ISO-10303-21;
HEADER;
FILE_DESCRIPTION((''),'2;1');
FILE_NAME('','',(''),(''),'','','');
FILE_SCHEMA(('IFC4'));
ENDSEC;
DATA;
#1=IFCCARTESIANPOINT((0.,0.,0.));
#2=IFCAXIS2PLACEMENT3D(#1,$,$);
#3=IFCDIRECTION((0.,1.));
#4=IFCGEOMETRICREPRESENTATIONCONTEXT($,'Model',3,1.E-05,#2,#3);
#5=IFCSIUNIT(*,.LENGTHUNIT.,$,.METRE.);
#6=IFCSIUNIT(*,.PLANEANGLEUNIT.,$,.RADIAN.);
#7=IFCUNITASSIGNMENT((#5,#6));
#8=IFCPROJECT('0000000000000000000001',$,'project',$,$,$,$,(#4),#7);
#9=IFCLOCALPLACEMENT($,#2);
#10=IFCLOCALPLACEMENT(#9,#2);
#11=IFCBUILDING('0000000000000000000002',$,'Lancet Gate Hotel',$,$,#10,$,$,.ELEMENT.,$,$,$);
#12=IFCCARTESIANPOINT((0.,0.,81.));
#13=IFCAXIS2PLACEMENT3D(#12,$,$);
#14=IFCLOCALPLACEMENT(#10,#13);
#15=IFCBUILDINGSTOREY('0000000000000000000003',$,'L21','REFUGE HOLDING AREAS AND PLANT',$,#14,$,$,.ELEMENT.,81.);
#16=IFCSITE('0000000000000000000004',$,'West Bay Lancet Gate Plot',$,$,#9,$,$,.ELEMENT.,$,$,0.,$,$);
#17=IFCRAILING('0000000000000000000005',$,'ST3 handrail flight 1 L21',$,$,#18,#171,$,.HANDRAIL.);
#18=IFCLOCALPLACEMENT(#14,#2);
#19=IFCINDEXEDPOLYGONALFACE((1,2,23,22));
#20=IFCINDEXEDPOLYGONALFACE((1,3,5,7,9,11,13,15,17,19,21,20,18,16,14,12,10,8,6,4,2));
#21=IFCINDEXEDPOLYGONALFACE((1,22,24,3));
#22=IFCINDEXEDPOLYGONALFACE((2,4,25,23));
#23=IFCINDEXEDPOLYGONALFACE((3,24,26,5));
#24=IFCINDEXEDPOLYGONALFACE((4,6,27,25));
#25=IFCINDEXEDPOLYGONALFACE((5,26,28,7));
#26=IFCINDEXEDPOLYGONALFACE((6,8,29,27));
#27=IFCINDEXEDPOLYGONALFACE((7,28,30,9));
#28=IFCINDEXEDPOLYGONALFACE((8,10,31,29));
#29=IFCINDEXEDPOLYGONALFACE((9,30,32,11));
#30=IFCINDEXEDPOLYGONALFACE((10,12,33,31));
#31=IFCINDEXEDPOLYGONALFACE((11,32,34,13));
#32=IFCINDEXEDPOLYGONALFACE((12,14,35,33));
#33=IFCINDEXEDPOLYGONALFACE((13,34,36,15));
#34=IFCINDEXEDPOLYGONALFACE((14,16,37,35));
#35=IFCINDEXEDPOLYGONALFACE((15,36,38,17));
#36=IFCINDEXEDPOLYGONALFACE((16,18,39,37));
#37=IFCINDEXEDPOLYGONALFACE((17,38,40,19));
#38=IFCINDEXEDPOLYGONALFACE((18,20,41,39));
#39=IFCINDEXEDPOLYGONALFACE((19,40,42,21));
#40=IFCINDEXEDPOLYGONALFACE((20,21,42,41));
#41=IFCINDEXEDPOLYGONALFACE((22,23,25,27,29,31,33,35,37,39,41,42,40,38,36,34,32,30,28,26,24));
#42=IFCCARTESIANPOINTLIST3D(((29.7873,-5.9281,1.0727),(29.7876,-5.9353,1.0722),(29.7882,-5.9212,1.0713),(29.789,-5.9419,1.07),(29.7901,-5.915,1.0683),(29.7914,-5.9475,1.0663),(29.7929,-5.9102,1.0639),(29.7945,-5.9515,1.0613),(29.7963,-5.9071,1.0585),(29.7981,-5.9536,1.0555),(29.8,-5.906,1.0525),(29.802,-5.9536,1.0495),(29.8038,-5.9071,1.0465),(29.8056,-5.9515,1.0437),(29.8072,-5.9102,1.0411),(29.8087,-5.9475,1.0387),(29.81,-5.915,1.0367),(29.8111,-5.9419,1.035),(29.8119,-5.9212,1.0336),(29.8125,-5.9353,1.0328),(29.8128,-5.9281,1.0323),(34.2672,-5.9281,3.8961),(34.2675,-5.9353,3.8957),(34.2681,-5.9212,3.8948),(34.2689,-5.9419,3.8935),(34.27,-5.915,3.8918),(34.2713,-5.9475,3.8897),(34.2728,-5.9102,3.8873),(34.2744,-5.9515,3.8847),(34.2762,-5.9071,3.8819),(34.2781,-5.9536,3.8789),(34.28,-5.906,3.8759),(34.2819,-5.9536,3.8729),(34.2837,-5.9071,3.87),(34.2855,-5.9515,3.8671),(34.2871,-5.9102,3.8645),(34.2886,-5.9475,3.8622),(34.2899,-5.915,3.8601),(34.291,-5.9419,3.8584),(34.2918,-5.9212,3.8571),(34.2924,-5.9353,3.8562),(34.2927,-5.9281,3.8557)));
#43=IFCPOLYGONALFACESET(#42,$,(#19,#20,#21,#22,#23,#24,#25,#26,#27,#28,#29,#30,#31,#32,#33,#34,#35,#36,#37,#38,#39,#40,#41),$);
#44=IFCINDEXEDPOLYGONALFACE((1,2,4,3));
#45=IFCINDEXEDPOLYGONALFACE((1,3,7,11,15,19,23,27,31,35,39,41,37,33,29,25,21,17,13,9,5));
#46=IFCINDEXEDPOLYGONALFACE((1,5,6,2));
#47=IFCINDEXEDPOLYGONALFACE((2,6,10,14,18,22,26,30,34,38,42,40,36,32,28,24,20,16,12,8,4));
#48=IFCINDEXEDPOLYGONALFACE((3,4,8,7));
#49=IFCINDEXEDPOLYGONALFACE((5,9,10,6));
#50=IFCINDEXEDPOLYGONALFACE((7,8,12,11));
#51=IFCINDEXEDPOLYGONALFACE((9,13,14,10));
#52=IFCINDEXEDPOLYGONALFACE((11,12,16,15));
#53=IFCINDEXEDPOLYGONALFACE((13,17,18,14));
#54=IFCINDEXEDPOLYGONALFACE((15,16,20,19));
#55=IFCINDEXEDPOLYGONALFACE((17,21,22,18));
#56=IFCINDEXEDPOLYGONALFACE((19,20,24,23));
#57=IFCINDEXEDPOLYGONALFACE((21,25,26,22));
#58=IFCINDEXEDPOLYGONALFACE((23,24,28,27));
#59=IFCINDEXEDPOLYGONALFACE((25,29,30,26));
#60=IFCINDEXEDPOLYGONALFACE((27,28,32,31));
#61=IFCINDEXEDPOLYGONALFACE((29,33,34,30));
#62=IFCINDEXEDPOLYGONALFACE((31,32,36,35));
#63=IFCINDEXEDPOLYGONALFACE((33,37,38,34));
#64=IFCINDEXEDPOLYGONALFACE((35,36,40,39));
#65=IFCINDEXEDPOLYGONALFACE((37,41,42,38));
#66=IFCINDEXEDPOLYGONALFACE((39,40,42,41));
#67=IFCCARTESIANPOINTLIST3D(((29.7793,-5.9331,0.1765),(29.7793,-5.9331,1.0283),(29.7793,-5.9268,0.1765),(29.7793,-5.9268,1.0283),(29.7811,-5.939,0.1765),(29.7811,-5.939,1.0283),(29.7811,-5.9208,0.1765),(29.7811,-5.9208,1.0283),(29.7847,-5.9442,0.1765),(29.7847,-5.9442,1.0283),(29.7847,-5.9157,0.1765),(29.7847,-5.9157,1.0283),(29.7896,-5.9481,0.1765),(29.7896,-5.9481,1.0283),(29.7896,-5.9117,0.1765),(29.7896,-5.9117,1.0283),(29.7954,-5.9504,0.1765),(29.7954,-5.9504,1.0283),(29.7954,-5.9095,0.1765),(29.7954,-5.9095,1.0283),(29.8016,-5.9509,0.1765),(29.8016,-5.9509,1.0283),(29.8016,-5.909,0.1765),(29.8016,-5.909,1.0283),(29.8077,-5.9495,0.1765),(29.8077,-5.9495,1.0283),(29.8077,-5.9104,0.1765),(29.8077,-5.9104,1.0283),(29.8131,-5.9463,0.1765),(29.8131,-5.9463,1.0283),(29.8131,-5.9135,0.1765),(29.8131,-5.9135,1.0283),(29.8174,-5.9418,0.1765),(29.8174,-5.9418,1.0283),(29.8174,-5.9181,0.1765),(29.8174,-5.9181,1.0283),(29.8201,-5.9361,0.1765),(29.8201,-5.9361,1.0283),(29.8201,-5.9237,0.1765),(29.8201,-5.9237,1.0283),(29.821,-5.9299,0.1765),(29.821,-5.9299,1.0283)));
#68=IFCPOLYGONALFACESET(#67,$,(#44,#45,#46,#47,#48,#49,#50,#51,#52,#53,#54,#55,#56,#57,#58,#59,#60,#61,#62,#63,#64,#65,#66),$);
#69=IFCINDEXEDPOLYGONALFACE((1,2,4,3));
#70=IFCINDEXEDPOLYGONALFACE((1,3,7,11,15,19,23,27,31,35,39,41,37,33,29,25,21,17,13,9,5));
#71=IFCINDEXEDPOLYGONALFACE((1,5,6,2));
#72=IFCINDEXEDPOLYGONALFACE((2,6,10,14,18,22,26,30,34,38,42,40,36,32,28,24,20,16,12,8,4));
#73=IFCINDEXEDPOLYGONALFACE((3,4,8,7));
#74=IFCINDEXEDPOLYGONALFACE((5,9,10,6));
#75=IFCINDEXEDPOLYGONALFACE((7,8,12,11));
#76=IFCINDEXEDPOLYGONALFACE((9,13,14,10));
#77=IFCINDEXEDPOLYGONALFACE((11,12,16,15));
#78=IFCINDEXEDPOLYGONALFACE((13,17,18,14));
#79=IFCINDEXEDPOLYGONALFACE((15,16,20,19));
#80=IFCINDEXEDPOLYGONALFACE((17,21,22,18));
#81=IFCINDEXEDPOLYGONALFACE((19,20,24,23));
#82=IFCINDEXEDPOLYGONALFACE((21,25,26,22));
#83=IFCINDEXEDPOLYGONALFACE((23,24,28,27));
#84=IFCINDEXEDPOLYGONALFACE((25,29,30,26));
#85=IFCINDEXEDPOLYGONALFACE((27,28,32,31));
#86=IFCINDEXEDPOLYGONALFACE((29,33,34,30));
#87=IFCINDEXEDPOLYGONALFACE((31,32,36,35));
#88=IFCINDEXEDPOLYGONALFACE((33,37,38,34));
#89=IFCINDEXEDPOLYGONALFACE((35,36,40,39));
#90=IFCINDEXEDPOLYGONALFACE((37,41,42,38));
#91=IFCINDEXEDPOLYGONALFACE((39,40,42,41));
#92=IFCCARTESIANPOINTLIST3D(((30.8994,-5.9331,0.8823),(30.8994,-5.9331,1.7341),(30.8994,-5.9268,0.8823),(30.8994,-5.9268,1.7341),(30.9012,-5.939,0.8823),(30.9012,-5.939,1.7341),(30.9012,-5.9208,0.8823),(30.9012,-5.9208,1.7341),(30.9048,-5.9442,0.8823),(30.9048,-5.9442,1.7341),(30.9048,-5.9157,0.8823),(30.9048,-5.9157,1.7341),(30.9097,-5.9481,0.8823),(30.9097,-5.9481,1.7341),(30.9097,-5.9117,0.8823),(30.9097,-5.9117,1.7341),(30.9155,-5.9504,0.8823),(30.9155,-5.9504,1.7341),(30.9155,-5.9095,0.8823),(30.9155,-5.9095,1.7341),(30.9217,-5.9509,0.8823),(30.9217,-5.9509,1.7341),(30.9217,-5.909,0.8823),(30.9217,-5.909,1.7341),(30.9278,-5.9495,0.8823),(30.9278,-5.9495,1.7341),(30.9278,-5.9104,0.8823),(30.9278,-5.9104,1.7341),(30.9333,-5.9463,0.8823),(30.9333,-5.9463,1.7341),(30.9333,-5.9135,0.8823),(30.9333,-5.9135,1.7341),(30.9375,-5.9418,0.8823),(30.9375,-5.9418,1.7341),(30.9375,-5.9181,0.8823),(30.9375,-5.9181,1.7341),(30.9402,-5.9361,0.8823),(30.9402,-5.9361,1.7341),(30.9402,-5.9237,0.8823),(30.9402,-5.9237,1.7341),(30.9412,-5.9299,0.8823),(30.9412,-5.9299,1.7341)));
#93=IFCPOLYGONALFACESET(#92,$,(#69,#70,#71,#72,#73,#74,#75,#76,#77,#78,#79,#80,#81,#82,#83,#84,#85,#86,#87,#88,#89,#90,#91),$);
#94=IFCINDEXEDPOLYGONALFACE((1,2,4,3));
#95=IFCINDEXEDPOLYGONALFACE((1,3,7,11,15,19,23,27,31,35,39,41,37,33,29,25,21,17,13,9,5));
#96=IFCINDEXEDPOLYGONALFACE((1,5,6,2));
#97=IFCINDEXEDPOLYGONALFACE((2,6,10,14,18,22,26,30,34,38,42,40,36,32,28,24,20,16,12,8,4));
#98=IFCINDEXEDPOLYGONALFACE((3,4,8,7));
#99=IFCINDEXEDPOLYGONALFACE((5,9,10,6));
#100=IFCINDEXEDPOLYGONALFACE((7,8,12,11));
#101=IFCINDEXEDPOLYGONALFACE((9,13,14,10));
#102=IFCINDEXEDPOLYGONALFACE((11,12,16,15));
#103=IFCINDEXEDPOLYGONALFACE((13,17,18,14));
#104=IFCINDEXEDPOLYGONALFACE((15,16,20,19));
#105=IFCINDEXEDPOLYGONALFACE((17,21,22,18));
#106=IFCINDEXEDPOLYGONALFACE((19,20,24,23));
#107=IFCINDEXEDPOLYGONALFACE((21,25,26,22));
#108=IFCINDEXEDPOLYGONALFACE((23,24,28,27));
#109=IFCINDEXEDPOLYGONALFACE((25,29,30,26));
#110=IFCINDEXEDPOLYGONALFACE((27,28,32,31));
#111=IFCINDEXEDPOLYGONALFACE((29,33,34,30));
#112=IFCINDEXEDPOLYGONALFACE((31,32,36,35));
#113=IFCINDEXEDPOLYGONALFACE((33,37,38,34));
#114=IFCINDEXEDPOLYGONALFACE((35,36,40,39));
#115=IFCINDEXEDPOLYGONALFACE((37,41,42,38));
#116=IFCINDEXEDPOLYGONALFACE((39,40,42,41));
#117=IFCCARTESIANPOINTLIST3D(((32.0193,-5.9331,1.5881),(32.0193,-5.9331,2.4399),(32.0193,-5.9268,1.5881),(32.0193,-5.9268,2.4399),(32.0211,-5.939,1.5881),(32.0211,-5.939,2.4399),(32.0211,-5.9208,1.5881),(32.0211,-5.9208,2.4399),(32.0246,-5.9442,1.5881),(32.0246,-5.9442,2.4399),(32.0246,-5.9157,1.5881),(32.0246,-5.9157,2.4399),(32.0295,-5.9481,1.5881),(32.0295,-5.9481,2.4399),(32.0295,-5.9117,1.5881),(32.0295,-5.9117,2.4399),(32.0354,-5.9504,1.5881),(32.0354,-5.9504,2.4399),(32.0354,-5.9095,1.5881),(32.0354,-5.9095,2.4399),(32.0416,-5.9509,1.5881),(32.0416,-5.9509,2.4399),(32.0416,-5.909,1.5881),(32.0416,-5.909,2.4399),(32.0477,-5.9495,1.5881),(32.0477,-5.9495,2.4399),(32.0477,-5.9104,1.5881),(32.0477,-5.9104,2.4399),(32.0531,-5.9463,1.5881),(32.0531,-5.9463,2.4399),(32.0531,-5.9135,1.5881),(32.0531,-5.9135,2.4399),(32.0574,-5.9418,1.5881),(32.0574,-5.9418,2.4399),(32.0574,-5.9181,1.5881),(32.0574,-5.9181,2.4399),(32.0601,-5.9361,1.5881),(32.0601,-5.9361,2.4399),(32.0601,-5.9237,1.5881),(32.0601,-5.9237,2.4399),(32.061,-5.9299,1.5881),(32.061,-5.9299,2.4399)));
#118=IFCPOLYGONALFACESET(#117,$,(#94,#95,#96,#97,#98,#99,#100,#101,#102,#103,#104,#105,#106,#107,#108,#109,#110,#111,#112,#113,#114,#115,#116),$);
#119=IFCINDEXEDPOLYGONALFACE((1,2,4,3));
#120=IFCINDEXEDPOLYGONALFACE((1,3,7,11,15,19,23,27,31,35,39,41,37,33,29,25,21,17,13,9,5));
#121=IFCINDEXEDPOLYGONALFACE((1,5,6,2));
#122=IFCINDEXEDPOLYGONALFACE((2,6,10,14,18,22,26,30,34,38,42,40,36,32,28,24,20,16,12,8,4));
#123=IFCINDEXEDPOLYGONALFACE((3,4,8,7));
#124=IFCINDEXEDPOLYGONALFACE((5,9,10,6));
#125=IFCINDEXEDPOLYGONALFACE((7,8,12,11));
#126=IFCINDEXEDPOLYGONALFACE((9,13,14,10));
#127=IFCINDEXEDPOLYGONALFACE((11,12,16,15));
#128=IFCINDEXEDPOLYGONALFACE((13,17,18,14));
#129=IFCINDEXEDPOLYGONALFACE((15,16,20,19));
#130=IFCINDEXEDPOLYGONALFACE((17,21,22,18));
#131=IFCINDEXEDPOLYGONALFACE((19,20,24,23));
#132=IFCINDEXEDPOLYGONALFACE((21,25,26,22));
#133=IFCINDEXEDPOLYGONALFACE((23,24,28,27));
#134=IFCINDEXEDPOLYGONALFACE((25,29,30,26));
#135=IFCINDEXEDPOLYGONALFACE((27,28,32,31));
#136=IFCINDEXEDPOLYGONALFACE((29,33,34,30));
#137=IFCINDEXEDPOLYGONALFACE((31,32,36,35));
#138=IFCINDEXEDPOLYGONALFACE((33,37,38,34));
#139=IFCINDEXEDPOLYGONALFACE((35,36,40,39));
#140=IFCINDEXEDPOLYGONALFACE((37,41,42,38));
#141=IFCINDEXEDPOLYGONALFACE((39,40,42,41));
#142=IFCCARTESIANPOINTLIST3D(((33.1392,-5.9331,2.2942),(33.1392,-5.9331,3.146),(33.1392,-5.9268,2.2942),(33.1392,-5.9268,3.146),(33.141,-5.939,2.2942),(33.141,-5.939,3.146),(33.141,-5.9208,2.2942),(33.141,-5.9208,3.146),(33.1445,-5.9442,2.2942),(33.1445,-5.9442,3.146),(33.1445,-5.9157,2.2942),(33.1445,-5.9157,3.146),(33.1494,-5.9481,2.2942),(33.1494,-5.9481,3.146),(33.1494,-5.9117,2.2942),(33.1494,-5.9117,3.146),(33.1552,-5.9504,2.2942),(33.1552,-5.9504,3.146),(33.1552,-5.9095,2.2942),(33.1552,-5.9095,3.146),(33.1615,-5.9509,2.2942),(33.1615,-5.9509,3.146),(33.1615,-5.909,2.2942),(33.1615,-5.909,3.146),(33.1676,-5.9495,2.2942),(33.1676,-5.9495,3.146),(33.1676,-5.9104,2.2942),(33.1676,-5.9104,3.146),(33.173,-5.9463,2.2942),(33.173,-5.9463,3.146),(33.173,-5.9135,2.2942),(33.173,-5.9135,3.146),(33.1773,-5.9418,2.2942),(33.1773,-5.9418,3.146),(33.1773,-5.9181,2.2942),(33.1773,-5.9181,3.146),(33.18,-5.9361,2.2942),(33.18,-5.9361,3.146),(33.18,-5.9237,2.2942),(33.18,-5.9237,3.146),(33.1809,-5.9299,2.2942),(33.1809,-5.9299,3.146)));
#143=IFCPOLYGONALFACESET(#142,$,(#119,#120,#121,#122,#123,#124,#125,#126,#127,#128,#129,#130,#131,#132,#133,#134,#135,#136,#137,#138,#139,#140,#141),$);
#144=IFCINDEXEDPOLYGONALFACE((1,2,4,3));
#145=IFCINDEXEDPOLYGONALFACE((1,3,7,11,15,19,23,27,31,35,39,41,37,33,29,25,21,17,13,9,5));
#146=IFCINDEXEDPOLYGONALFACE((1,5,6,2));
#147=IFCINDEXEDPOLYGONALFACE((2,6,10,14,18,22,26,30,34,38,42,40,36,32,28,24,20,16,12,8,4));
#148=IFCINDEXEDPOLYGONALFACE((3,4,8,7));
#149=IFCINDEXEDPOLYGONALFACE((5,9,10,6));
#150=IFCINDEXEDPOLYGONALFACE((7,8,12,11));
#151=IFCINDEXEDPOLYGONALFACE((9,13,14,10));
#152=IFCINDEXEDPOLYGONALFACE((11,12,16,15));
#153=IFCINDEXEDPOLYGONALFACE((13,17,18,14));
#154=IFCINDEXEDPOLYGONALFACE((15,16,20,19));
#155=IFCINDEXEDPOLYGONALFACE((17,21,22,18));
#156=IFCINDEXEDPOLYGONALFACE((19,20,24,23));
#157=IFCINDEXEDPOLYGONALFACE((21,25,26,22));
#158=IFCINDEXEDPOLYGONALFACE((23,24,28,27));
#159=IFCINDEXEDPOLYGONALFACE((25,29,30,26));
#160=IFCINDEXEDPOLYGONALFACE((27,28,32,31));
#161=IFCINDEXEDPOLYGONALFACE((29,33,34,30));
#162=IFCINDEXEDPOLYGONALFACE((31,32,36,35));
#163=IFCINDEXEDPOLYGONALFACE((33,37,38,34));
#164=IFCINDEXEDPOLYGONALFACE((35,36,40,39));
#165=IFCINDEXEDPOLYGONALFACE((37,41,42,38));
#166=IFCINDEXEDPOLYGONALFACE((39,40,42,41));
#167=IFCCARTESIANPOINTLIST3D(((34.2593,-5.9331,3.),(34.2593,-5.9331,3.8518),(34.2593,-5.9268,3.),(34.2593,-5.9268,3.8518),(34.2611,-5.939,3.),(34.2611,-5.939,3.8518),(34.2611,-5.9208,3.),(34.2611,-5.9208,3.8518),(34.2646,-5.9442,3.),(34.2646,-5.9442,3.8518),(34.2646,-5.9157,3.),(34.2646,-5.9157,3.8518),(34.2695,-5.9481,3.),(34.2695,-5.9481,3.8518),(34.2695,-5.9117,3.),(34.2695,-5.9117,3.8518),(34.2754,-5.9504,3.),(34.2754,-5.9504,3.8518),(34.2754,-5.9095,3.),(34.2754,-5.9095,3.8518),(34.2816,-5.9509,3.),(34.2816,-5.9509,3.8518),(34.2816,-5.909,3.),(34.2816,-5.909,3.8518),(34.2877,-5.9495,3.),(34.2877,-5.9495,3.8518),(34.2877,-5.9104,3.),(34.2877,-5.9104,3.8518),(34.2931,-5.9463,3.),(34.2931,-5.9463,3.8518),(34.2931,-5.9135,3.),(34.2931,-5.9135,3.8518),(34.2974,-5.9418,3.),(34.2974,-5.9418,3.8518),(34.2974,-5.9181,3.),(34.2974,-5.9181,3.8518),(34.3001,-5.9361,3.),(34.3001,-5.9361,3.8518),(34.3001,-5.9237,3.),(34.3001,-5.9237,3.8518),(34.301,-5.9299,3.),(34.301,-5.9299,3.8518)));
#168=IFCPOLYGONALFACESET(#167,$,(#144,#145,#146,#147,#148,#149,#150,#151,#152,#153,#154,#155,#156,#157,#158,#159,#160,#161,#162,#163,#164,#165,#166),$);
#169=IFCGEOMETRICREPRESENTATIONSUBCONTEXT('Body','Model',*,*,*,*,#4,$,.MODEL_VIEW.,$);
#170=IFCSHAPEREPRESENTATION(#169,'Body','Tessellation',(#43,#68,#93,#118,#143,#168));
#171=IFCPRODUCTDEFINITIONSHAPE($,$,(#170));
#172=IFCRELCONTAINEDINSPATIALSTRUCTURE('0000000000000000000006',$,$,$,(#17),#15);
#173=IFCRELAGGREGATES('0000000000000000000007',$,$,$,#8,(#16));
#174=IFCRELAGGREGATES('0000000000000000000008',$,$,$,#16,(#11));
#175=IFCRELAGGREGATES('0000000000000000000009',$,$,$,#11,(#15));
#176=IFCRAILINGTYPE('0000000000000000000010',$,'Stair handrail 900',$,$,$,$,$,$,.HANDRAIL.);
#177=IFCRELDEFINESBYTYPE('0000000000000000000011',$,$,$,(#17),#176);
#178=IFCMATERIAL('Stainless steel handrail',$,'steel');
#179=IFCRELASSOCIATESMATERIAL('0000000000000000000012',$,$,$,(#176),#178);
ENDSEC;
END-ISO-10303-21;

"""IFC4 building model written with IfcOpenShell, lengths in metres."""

from ifc_helpers import new_model, si_unit, direction, frame, origin, origin_2d, place, context, subcontext, project, spatial, circle, extrude, material, type_object, element, save


model = new_model("IFC4")

# Units and contexts
model_context = context("Model", 3, precision=1e-05, world=origin(), true_north=direction((0.0, 1.0)))
body_context = subcontext(model_context, "Body", "Model", "MODEL_VIEW")
ifc_project = project(units=[si_unit("LENGTHUNIT", "METRE"), si_unit("PLANEANGLEUNIT", "RADIAN")], contexts=[model_context])

# Site, building, storey
site_placement = place(None, origin())
site = spatial("IfcSite", under=ifc_project, at=site_placement, Name="West Bay Lancet Gate Plot", CompositionType="ELEMENT", RefElevation=0.0)
building_placement = place(site_placement, origin())
building = spatial("IfcBuilding", under=site, at=building_placement, Name="Lancet Gate Hotel", CompositionType="ELEMENT")
storey_placement = place(building_placement, frame((0.0, 0.0, 81.0)))
storey = spatial("IfcBuildingStorey", under=building, at=storey_placement, Name="L21", Description="REFUGE HOLDING AREAS AND PLANT", CompositionType="ELEMENT", Elevation=81.0)

# Railing
ifc_material_1 = material(Name="Stainless steel handrail", Category="steel")
railing_type = type_object("IfcRailingType", Name="Stair handrail 900", PredefinedType="HANDRAIL", material=ifc_material_1)
railing_1_placement = place(storey_placement, frame((29.8, -5.9299, 0.1765)))
element("IfcRailing", 1, at=railing_1_placement, inside=storey, type_object=railing_type, Name="ST3 handrail flight 1 L21", PredefinedType="HANDRAIL", context=body_context, shape_type="SweptSolid", body=[
    extrude(circle(Radius=0.0239, at=origin_2d()), frame((0.0, 0.0, 0.876), z_axis=(0.845998, 0.0, 0.533186), x_axis=(0.0, 1.0, 0.0)), (0.0, 0.0, 1.0), 5.2954),
    extrude(circle(Radius=0.021, at=origin_2d()), origin(), (0.0, 0.0, 1.0), 0.8518),
    extrude(circle(Radius=0.021, at=origin_2d()), frame((1.1201, 0.0, 0.7058)), (0.0, 0.0, 1.0), 0.8518),
    extrude(circle(Radius=0.021, at=origin_2d()), frame((2.24, 0.0, 1.4116)), (0.0, 0.0, 1.0), 0.8518),
    extrude(circle(Radius=0.021, at=origin_2d()), frame((3.3599, 0.0, 2.1177)), (0.0, 0.0, 1.0), 0.8518),
    extrude(circle(Radius=0.021, at=origin_2d()), frame((4.48, 0.0, 2.8235)), (0.0, 0.0, 1.0), 0.8518),
])

save(model, "model.ifc")
